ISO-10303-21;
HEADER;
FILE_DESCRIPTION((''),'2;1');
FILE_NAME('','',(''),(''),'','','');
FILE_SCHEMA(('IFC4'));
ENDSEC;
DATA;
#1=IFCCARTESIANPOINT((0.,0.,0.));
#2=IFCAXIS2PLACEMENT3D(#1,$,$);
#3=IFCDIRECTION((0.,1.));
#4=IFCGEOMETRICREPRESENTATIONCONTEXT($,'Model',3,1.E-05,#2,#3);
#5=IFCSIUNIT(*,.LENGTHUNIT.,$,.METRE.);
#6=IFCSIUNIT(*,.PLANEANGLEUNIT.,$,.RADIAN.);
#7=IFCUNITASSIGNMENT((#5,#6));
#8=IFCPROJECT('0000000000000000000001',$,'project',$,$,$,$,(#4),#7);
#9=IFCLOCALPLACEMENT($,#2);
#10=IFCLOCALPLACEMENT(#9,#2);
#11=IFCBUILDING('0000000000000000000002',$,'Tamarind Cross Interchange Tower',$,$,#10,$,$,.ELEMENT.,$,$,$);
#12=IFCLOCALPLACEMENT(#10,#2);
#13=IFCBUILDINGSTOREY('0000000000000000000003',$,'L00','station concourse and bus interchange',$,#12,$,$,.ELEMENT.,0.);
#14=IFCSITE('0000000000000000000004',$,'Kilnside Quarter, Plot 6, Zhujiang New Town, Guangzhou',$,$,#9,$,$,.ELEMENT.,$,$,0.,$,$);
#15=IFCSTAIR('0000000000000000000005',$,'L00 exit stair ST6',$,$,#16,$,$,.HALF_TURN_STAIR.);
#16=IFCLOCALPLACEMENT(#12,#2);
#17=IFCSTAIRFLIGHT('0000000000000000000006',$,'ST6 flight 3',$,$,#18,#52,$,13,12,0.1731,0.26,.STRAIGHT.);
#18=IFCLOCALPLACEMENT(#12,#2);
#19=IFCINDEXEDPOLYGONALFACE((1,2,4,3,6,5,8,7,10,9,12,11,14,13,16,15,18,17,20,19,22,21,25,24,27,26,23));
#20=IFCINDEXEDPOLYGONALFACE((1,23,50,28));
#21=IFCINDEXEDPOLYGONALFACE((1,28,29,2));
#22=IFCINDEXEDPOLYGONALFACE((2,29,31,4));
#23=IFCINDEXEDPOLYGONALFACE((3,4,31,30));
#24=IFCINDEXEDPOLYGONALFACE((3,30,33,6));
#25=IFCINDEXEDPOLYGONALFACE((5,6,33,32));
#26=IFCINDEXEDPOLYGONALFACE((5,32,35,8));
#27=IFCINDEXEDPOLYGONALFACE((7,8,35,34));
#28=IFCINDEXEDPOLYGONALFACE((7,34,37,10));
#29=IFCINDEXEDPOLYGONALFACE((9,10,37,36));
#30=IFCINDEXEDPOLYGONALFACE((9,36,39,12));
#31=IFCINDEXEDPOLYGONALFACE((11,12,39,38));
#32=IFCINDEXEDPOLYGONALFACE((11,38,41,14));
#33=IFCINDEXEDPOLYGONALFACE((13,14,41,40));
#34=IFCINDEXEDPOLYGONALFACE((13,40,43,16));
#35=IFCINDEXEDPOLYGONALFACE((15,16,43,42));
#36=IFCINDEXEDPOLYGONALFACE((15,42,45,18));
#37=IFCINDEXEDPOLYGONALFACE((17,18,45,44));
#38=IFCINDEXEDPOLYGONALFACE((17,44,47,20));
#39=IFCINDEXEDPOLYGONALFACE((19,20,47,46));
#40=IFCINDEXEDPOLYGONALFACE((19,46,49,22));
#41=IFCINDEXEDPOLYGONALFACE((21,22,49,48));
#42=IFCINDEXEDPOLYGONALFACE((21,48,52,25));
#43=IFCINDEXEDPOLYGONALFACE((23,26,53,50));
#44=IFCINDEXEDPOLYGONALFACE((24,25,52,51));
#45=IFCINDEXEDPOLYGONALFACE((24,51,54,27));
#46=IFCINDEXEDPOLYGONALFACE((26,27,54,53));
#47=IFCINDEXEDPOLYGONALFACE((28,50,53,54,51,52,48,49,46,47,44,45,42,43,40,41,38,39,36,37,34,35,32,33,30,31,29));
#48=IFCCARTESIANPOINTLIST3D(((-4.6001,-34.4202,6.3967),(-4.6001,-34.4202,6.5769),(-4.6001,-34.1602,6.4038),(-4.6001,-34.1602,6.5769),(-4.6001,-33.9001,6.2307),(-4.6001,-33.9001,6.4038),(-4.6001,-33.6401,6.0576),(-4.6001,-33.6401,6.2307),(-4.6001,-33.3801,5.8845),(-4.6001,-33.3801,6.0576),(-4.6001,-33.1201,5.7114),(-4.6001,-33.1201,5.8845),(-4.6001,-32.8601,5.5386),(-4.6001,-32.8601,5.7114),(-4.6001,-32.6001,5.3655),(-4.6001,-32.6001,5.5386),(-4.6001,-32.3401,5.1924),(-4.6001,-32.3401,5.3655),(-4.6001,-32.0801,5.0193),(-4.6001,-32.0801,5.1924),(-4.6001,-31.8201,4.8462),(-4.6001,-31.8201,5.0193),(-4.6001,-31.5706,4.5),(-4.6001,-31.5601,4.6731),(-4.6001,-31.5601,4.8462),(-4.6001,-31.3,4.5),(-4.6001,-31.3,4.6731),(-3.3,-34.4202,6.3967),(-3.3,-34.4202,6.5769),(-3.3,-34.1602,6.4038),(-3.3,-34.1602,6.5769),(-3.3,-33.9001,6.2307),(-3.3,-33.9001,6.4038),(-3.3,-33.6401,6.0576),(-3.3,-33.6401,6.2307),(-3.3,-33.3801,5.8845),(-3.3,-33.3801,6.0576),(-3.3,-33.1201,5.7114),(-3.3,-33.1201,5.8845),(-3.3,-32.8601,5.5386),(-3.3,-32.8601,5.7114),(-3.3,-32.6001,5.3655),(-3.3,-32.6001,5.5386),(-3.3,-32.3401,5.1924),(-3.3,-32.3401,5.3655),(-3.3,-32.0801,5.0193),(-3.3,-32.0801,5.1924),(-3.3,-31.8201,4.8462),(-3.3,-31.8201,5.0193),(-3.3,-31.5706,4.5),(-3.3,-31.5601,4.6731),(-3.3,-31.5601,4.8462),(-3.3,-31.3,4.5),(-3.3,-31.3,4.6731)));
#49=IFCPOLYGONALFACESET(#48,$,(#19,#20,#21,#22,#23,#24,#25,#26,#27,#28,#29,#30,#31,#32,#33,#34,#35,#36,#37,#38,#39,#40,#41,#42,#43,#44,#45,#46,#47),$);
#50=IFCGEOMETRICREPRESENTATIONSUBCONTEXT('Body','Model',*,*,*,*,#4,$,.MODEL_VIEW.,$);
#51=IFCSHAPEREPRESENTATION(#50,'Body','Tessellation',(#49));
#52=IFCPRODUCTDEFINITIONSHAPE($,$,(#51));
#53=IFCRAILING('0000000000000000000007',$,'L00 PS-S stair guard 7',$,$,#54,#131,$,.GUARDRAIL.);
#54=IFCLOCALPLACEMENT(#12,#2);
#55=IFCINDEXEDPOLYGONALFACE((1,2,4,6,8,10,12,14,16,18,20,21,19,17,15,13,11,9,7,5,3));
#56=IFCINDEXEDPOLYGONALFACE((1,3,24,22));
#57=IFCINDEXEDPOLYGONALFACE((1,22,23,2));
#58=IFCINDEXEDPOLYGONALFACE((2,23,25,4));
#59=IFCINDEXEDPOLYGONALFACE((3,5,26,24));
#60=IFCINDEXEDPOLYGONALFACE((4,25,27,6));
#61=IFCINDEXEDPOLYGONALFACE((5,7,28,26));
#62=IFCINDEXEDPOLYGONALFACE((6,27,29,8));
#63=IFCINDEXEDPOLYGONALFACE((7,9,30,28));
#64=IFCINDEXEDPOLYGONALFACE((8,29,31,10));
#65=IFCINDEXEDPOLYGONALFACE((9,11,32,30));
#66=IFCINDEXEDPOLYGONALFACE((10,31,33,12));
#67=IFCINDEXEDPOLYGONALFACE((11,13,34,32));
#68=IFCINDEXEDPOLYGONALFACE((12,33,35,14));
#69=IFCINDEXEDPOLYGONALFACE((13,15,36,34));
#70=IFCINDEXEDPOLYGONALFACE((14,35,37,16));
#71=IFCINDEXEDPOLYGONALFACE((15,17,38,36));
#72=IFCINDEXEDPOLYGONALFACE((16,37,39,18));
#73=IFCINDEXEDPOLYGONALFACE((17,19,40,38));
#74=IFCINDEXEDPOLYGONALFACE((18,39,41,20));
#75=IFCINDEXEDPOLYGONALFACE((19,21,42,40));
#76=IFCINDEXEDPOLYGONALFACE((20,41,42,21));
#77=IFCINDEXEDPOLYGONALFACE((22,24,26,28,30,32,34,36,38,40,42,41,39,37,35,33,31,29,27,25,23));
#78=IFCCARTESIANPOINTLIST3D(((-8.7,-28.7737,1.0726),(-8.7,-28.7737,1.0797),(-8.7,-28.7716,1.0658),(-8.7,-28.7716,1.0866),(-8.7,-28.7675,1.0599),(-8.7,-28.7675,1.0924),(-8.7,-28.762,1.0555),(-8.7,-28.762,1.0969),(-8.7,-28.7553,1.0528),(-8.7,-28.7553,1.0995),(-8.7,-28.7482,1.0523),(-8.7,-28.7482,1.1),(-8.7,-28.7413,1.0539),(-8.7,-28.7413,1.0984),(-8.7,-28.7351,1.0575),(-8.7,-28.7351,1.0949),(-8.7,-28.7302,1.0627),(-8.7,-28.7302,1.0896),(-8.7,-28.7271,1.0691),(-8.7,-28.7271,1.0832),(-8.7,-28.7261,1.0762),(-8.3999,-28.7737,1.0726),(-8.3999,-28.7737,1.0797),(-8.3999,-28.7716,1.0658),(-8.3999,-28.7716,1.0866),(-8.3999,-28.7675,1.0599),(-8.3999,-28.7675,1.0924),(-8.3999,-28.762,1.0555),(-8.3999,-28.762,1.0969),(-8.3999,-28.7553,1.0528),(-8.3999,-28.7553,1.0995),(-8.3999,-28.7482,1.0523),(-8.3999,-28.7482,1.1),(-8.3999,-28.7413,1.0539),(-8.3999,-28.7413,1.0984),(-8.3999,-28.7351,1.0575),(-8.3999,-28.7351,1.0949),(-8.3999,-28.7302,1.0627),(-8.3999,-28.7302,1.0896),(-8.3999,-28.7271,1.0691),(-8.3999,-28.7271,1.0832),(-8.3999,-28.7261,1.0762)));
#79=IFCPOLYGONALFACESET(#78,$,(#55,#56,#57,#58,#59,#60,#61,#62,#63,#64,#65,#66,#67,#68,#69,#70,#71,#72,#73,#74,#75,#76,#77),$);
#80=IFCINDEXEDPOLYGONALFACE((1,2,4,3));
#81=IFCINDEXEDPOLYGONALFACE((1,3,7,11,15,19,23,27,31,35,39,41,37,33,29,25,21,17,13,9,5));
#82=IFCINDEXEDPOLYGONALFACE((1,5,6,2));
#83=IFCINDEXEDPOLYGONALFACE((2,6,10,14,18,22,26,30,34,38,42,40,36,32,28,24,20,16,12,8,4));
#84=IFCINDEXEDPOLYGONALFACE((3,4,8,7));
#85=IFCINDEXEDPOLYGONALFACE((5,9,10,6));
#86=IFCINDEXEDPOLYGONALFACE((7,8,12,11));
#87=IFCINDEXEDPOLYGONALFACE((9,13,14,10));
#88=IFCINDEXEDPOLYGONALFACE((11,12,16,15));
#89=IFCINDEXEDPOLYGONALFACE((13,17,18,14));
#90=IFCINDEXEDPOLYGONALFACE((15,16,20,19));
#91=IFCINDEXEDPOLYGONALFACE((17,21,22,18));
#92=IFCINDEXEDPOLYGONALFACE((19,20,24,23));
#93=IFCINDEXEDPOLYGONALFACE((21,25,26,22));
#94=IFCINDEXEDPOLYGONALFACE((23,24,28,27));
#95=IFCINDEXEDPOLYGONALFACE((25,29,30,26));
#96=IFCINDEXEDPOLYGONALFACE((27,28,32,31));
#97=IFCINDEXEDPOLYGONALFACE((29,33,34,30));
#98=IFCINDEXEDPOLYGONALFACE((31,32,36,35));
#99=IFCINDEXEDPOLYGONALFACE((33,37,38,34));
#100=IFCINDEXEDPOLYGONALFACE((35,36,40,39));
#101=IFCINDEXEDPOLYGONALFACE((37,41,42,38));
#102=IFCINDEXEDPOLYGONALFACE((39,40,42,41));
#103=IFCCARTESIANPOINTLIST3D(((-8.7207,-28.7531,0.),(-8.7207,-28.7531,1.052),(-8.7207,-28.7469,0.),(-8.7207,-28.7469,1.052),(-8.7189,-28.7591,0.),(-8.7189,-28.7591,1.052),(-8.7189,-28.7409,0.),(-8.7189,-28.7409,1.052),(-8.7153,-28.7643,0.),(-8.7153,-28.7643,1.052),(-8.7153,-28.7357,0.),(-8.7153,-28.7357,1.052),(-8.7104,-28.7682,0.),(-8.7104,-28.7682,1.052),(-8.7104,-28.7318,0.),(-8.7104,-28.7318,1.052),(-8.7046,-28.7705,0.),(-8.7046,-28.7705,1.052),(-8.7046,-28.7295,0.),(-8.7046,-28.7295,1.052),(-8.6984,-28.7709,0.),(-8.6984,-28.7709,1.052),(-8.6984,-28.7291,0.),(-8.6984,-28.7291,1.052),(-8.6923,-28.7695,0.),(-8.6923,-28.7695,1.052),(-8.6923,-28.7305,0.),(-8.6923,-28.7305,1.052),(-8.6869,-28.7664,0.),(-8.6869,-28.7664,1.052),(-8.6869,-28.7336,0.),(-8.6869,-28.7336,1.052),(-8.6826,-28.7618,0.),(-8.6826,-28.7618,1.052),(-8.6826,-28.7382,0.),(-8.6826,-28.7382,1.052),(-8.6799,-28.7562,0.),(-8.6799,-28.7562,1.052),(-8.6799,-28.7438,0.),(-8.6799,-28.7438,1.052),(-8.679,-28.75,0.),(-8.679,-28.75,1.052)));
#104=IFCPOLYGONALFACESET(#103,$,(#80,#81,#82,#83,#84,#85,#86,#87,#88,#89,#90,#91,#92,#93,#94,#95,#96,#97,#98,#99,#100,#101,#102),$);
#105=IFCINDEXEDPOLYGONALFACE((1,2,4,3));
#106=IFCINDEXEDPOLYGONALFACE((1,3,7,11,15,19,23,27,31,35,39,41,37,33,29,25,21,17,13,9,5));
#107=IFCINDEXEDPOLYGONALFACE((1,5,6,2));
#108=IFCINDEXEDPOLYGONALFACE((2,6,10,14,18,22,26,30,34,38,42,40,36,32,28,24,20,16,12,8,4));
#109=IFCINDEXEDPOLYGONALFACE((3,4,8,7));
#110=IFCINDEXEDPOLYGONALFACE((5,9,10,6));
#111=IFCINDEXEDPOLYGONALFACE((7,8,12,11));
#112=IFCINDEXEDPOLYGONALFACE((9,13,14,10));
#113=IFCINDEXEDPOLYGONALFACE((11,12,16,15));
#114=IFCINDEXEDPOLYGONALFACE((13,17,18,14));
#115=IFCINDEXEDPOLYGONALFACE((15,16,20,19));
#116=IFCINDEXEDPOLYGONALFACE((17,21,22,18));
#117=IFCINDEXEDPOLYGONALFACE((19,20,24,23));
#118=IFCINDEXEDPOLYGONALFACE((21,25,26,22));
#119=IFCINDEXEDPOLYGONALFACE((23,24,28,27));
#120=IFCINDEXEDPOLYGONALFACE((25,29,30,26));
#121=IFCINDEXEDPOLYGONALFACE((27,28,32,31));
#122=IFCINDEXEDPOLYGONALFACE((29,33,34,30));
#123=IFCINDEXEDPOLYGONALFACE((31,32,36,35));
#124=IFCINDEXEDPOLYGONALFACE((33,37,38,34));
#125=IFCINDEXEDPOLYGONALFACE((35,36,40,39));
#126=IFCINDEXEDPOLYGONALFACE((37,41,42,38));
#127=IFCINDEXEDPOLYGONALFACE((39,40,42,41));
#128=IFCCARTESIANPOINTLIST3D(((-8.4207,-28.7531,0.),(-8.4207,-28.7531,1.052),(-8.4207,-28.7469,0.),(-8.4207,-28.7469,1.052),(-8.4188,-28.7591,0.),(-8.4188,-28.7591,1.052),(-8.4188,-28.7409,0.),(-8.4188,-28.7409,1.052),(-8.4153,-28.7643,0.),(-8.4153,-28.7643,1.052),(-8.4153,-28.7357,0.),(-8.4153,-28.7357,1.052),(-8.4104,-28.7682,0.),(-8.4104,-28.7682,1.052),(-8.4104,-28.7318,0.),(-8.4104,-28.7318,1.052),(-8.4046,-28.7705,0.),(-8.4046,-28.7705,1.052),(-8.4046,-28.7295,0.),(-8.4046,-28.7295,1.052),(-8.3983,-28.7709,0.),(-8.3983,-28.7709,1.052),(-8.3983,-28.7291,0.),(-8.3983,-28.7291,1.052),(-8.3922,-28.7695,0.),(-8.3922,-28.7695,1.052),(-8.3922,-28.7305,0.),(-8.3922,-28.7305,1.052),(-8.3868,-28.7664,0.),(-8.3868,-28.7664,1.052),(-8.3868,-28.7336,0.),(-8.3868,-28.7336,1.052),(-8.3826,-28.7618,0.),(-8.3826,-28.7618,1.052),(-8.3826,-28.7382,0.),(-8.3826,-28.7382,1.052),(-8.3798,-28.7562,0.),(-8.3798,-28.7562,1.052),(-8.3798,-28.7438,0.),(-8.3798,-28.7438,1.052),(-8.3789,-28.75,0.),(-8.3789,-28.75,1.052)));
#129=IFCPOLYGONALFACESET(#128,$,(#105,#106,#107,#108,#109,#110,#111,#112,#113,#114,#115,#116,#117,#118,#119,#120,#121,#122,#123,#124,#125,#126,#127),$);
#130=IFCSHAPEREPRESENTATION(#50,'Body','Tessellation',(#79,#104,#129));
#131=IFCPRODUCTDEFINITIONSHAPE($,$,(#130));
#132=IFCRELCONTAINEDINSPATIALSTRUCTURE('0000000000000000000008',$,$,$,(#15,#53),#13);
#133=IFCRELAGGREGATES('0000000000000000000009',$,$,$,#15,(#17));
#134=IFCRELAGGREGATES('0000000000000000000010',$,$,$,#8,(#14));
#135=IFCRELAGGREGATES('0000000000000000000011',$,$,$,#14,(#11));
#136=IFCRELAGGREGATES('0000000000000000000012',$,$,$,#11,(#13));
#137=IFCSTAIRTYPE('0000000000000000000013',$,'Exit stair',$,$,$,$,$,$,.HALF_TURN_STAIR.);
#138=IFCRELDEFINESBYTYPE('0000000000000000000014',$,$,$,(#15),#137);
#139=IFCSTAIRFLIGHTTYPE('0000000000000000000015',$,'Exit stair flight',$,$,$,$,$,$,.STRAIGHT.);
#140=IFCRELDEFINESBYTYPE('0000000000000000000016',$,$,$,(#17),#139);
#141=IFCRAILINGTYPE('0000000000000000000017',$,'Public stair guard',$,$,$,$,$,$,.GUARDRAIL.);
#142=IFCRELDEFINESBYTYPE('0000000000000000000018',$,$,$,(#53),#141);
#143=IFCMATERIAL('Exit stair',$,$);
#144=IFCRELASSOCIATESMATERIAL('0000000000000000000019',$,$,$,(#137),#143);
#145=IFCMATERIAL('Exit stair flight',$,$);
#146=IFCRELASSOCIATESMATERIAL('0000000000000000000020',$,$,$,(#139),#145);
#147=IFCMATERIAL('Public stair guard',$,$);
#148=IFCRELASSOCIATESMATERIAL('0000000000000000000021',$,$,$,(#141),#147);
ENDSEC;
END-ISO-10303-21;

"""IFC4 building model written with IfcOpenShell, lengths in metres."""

from ifc_helpers import new_model, si_unit, direction, frame, origin, origin_2d, place, context, subcontext, project, spatial, polyline, circle, outline, extrude, material, type_object, element, aggregate, save


model = new_model("IFC4")

# Units and contexts
model_context = context("Model", 3, precision=1e-05, world=origin(), true_north=direction((0.0, 1.0)))
body_context = subcontext(model_context, "Body", "Model", "MODEL_VIEW")
ifc_project = project(units=[si_unit("LENGTHUNIT", "METRE"), si_unit("PLANEANGLEUNIT", "RADIAN")], contexts=[model_context])

# Site, building, storey
site_placement = place(None, origin())
site = spatial("IfcSite", under=ifc_project, at=site_placement, Name="Kilnside Quarter, Plot 6, Zhujiang New Town, Guangzhou", CompositionType="ELEMENT", RefElevation=0.0)
building_placement = place(site_placement, origin())
building = spatial("IfcBuilding", under=site, at=building_placement, Name="Tamarind Cross Interchange Tower", CompositionType="ELEMENT")
storey_placement = place(building_placement, origin())
storey = spatial("IfcBuildingStorey", under=building, at=storey_placement, Name="L00", Description="station concourse and bus interchange", CompositionType="ELEMENT", Elevation=0.0)

# Stair, stair flight
ifc_material_1 = material(Name="Exit stair")
stair_type = type_object("IfcStairType", Name="Exit stair", PredefinedType="HALF_TURN_STAIR", material=ifc_material_1)
stair_placement = place(storey_placement, origin())
stair = element("IfcStair", 1, at=stair_placement, inside=storey, type_object=stair_type, Name="L00 exit stair ST6", PredefinedType="HALF_TURN_STAIR")
ifc_material_2 = material(Name="Exit stair flight")
stair_flight_type = type_object("IfcStairFlightType", Name="Exit stair flight", PredefinedType="STRAIGHT", material=ifc_material_2)
stair_flight_1_placement = place(storey_placement, frame((-3.95, -31.3, 4.5), z_axis=(0.0, 0.0, 1.0), x_axis=(0.0, -1.0, 0.0)))
stair_flight_1 = element("IfcStairFlight", 2, at=stair_flight_1_placement, type_object=stair_flight_type, Name="ST6 flight 3", NumberOfRisers=13, NumberOfTreads=12, PredefinedType="STRAIGHT", RiserHeight=0.1731, TreadLength=0.26, context=body_context, shape_type="SweptSolid", body=[
    extrude(outline(polyline([(0.0, 0.0), (0.0, 0.1731), (0.26, 0.1731), (0.26, 0.3462), (0.52, 0.3462), (0.52, 0.5193), (0.78, 0.5193), (0.78, 0.6924), (1.04, 0.6924), (1.04, 0.8655), (1.3, 0.8655), (1.3, 1.0386), (1.5601, 1.0386), (1.5601, 1.2114), (1.8201, 1.2114), (1.8201, 1.3845), (2.0801, 1.3845), (2.0801, 1.5576), (2.3401, 1.5576), (2.3401, 1.7307), (2.6001, 1.7307), (2.6001, 1.9038), (2.8601, 1.9038), (2.8601, 2.0769), (3.1201, 2.0769), (3.1201, 2.25), (3.1201, 1.8967), (0.2705, 0.0), (0.0, 0.0)])), frame((0.0, 0.6499, 0.0), z_axis=(0.0, -1.0, 0.0), x_axis=(1.0, 0.0, 0.0)), (0.0, 0.0, 1.0), 1.3),
])
aggregate(stair, [stair_flight_1])

# Railing
ifc_material_3 = material(Name="Public stair guard")
railing_type_1 = type_object("IfcRailingType", Name="Public stair guard", PredefinedType="GUARDRAIL", material=ifc_material_3)
railing_1_placement = place(storey_placement, frame((-8.7, -28.75, 0.0)))
element("IfcRailing", 3, at=railing_1_placement, inside=storey, type_object=railing_type_1, Name="L00 PS-S stair guard 7", PredefinedType="GUARDRAIL", context=body_context, shape_type="SweptSolid", body=[
    extrude(circle(Radius=0.0239, at=origin_2d()), frame((0.0, 0.0, 1.0762), z_axis=(1.0, 0.0, 0.0), x_axis=(0.0, 1.0, 0.0)), (0.0, 0.0, 1.0), 0.3),
    extrude(circle(Radius=0.021, at=origin_2d()), origin(), (0.0, 0.0, 1.0), 1.052),
    extrude(circle(Radius=0.021, at=origin_2d()), frame((0.3, 0.0, 0.0)), (0.0, 0.0, 1.0), 1.052),
])

save(model, "model.ifc")
